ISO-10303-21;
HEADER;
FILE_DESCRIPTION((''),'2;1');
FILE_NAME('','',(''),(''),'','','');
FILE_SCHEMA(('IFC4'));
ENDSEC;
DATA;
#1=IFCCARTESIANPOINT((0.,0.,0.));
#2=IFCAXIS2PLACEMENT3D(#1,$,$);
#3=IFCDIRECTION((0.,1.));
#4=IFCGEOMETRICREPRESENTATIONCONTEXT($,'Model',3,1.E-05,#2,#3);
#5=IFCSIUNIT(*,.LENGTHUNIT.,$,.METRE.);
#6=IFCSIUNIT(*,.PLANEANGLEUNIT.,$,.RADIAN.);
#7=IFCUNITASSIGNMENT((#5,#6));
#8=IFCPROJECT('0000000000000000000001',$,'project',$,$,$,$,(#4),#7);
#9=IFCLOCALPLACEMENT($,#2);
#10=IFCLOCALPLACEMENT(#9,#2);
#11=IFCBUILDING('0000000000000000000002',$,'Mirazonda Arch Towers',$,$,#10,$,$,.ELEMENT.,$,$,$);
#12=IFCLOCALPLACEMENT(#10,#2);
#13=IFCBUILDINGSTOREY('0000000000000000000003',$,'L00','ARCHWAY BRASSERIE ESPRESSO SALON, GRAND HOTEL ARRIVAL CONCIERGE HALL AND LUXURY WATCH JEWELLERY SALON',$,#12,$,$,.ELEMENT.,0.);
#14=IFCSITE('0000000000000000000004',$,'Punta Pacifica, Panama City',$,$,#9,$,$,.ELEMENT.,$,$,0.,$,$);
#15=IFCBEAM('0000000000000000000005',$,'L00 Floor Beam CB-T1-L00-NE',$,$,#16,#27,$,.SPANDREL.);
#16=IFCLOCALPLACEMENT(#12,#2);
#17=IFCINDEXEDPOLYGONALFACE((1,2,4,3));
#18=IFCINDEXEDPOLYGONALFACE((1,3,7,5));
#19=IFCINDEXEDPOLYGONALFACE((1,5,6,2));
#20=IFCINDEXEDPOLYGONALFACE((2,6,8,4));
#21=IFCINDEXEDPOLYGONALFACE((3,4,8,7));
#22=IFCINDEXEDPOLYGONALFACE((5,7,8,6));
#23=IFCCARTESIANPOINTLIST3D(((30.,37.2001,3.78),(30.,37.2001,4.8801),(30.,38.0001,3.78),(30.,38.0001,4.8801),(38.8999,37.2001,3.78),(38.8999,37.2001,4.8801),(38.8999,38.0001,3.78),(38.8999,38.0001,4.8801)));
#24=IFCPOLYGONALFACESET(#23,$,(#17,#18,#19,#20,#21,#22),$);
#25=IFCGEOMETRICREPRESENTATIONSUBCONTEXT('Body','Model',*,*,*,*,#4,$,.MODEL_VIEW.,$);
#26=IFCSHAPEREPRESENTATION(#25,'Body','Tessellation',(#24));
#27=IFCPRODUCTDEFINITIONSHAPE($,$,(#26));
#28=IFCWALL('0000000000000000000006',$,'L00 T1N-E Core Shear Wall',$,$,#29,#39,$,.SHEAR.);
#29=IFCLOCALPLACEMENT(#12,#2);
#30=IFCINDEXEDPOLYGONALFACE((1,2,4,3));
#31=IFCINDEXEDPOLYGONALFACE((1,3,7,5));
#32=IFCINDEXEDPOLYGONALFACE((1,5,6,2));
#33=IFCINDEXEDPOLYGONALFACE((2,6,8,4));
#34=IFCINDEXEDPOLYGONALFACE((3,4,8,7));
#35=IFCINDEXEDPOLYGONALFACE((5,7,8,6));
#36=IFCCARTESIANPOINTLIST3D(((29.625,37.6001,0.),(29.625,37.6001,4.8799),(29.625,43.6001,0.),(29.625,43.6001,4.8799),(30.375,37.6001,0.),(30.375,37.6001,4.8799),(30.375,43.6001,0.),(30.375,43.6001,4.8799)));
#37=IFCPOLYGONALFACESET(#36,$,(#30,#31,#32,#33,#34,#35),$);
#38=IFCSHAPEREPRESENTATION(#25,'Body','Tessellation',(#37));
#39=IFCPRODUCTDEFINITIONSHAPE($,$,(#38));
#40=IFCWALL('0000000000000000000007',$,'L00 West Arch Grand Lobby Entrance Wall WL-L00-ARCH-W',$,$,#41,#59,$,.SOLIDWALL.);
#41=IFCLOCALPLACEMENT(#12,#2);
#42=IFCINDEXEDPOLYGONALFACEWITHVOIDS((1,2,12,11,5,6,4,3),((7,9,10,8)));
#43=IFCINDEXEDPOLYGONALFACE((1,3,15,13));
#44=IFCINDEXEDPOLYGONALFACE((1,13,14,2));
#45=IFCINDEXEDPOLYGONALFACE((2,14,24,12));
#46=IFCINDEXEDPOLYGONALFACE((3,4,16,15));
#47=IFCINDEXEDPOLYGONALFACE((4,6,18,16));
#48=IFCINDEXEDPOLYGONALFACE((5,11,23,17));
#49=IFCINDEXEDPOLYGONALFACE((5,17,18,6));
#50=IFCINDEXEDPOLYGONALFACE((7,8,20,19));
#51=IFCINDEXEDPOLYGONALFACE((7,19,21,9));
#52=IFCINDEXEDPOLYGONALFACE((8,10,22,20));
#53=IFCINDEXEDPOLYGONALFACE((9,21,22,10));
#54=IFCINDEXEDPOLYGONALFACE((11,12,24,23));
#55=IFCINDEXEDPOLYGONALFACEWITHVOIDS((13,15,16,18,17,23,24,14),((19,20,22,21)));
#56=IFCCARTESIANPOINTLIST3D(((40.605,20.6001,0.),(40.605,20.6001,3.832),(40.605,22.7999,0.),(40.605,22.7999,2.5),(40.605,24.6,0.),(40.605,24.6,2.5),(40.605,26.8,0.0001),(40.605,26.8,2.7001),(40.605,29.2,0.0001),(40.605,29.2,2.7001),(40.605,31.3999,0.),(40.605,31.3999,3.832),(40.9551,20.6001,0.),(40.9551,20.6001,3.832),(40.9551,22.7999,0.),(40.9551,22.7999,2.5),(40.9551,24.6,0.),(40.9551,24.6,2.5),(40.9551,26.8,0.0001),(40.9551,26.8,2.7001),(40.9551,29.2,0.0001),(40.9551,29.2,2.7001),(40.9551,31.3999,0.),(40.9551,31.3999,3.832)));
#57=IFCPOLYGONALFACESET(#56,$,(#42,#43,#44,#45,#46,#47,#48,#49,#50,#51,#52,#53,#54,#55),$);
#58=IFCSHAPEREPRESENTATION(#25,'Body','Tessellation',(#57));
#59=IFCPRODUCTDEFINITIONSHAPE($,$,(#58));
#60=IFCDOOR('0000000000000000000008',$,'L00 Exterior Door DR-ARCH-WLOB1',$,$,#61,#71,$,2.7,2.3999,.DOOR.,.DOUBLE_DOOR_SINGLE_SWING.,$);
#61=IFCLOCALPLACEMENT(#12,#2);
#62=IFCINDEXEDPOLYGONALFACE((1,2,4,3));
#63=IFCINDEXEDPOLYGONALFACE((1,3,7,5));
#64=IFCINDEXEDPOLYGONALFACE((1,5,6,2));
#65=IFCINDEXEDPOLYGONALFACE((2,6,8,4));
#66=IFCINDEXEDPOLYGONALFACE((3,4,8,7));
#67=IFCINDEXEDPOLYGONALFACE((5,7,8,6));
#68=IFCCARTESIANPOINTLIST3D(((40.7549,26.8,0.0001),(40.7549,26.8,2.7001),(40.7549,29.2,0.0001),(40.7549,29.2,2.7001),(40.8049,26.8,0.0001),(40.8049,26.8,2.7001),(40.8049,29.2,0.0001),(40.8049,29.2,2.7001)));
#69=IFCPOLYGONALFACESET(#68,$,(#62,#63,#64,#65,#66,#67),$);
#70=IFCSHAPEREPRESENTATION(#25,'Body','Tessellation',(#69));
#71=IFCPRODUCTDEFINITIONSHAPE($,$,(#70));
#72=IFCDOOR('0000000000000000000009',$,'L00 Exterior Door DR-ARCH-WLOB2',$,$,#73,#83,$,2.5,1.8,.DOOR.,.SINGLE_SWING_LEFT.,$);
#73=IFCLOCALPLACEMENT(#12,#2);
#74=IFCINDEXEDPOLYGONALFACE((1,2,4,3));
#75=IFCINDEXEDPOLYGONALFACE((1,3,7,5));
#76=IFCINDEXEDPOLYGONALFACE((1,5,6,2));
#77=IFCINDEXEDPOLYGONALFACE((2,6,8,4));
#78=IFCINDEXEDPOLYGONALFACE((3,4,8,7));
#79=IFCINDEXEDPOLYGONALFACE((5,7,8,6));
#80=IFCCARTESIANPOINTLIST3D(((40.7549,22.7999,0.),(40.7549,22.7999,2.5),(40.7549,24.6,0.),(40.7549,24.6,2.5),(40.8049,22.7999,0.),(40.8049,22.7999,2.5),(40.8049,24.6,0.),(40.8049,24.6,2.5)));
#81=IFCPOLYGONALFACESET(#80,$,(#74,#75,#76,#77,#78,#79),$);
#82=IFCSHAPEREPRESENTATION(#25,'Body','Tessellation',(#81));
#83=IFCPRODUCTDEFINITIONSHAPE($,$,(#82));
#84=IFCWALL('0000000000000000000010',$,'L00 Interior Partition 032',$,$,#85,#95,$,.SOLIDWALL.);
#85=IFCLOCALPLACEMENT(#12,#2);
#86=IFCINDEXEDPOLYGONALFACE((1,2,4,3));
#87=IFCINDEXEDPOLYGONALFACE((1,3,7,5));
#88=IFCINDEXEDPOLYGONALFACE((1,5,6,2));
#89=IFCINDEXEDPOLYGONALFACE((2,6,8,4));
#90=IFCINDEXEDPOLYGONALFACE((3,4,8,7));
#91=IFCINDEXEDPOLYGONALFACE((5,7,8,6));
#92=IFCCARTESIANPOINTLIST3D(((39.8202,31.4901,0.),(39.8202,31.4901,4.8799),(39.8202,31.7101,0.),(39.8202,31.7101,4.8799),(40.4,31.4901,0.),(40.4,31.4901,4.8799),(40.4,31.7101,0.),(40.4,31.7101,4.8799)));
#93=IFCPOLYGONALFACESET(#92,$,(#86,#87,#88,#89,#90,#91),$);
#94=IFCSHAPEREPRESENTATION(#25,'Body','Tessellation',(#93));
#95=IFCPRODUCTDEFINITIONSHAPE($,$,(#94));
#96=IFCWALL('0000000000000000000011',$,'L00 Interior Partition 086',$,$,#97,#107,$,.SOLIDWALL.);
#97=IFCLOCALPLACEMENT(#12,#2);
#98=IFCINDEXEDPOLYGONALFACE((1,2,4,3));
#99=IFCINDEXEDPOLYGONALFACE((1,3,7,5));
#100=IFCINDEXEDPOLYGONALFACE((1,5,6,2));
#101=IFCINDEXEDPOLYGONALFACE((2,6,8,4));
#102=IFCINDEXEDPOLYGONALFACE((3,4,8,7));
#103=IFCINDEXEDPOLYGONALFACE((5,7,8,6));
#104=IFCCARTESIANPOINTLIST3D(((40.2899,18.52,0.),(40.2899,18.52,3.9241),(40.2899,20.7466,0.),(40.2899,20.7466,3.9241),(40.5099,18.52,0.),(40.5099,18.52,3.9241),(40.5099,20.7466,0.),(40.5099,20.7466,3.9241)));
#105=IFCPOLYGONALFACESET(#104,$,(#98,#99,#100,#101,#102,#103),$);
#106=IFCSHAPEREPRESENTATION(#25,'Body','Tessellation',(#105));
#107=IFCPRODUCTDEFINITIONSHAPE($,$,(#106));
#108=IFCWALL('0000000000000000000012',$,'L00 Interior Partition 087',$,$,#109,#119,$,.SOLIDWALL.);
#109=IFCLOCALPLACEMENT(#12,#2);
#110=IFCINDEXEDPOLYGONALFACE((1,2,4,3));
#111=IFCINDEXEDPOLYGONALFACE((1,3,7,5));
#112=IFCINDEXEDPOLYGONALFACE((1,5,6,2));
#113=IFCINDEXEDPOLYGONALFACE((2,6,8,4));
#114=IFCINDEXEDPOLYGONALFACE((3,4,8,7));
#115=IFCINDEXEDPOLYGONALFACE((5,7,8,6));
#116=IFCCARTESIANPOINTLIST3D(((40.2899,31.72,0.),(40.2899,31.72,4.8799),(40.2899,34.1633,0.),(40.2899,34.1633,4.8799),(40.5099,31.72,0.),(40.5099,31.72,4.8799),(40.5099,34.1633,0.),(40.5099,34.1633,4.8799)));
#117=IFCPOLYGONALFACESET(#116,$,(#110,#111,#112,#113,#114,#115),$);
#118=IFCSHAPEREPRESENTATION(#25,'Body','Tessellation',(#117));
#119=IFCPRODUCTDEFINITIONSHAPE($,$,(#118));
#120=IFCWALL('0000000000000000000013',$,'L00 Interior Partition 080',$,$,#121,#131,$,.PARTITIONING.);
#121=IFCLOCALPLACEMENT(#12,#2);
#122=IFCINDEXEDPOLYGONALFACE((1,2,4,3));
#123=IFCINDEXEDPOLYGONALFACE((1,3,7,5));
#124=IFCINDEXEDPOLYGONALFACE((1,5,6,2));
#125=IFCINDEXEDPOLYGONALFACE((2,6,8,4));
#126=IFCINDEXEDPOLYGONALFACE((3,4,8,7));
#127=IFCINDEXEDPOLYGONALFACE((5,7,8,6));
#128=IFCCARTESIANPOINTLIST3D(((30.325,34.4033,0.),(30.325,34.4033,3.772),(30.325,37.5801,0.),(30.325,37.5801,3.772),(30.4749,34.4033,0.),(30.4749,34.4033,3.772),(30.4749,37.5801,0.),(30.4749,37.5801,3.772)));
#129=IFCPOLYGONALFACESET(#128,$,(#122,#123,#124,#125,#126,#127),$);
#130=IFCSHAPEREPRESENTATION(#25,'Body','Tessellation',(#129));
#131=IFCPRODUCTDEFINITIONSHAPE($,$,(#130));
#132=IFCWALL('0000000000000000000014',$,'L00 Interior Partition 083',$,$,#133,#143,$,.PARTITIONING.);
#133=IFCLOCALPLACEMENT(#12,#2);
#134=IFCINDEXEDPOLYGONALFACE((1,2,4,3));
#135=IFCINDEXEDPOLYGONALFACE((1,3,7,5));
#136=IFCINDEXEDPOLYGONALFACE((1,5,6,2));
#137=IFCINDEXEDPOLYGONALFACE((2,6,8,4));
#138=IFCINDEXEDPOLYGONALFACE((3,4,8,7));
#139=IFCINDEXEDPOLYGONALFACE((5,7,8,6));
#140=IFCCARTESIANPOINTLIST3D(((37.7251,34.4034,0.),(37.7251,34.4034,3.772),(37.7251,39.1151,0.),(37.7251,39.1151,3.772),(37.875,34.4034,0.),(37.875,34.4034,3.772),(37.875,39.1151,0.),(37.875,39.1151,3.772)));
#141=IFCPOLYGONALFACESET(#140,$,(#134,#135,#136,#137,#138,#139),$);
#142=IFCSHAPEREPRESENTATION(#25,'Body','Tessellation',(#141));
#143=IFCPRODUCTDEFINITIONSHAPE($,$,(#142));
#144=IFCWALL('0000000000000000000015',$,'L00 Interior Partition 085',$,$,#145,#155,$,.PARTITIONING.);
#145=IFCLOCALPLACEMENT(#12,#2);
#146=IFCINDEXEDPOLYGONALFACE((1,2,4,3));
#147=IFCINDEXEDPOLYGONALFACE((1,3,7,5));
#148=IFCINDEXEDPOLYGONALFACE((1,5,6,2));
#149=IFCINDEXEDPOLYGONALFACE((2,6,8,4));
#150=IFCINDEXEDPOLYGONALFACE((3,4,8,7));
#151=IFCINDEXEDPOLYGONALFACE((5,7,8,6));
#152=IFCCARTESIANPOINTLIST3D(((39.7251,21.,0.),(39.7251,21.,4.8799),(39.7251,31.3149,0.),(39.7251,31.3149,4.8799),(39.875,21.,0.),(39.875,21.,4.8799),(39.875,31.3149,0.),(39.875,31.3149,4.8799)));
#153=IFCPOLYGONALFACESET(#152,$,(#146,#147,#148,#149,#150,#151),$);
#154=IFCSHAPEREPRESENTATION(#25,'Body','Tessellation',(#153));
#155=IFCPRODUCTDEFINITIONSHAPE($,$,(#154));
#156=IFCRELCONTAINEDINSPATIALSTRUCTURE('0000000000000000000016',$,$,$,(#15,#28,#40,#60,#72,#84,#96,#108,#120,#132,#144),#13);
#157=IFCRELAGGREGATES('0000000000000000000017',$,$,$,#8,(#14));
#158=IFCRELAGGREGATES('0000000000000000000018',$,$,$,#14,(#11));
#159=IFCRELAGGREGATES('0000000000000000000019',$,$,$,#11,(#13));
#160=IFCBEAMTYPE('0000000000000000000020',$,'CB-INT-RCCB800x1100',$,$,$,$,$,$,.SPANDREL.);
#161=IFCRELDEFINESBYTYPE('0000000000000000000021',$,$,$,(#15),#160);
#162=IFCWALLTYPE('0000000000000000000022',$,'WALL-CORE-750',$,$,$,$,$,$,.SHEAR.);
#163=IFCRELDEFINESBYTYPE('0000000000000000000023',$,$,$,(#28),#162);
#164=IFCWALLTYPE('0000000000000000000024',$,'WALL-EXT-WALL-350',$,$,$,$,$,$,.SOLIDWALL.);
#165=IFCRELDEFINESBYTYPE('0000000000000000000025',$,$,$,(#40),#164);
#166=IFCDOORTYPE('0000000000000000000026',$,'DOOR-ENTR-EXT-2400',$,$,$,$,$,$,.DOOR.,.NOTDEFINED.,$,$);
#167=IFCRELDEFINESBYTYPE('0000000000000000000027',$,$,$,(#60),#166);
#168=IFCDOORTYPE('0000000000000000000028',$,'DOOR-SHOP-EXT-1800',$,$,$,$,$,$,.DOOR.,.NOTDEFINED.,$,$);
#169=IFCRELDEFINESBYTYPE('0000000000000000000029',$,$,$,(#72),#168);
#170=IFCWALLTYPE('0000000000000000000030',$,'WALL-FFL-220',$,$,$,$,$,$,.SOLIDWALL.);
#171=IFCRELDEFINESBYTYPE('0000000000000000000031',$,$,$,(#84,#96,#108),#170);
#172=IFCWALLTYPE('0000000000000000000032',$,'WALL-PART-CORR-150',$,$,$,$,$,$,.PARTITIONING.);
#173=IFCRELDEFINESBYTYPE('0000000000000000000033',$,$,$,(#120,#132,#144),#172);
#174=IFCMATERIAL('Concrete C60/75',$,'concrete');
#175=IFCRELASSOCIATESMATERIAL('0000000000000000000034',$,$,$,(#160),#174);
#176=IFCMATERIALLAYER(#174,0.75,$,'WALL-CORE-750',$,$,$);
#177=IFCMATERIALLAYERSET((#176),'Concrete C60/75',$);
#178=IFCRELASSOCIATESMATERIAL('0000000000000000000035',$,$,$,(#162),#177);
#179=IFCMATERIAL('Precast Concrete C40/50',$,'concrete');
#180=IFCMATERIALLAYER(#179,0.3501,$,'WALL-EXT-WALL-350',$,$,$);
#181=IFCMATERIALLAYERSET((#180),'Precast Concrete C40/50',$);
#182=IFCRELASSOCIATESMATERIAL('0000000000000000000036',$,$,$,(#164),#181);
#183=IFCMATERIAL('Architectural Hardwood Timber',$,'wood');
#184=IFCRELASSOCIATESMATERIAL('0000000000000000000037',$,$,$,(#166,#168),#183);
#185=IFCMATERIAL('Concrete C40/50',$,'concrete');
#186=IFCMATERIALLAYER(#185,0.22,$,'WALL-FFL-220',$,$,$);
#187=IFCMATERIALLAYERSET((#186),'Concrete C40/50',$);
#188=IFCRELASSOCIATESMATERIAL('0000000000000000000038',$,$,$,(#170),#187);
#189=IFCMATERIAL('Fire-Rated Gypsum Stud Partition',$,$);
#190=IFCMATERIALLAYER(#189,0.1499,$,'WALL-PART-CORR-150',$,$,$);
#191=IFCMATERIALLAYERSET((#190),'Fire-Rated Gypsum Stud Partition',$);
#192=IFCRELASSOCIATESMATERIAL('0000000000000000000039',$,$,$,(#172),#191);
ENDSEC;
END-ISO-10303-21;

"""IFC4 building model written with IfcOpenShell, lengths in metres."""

from ifc_helpers import new_model, si_unit, direction, frame, frame_2d, origin, origin_2d, place, context, subcontext, project, spatial, rectangle, extrude, material, layer, layer_set, material_profile, profile_set, type_object, element, fill, save


model = new_model("IFC4")

# Units and contexts
model_context = context("Model", 3, precision=1e-05, world=origin(), true_north=direction((0.0, 1.0)))
body_context = subcontext(model_context, "Body", "Model", "MODEL_VIEW")
ifc_project = project(units=[si_unit("LENGTHUNIT", "METRE"), si_unit("PLANEANGLEUNIT", "RADIAN")], contexts=[model_context])

# Site, building, storey
site_placement = place(None, origin())
site = spatial("IfcSite", under=ifc_project, at=site_placement, Name="Punta Pacifica, Panama City", CompositionType="ELEMENT", RefElevation=0.0)
building_placement = place(site_placement, origin())
building = spatial("IfcBuilding", under=site, at=building_placement, Name="Mirazonda Arch Towers", CompositionType="ELEMENT")
storey_placement = place(building_placement, origin())
storey = spatial("IfcBuildingStorey", under=building, at=storey_placement, Name="L00", Description="ARCHWAY BRASSERIE ESPRESSO SALON, GRAND HOTEL ARRIVAL CONCIERGE HALL AND LUXURY WATCH JEWELLERY SALON", CompositionType="ELEMENT", Elevation=0.0)

# Beam
ifc_material_1 = material(Name="Concrete C60/75", Category="concrete")
ifc_material_profile_1 = material_profile(ifc_material_1, rectangle(XDim=0.8, YDim=1.1001, at=origin_2d()), Name="RCCB800x1100")
ifc_profile_set_1 = profile_set([ifc_material_profile_1], Name="Concrete C60/75")
beam_type_1 = type_object("IfcBeamType", Name="CB-INT-RCCB800x1100", PredefinedType="SPANDREL", material=ifc_profile_set_1)
beam_1_placement = place(storey_placement, frame((30.0, 37.6001, 4.3301), z_axis=(1.0, 0.0, 0.0), x_axis=(0.0, 1.0, 0.0)))
element("IfcBeam", 1, at=beam_1_placement, inside=storey, type_object=beam_type_1, Name="L00 Floor Beam CB-T1-L00-NE", PredefinedType="SPANDREL", context=body_context, shape_type="SweptSolid", body=[
    extrude(rectangle(XDim=0.8, YDim=1.1001, at=origin_2d()), origin(), (0.0, 0.0, 1.0), 8.8999),
])

# Wall
ifc_layer_1 = layer(ifc_material_1, 0.75, Name="WALL-CORE-750")
ifc_layer_set_1 = layer_set([ifc_layer_1], Name="Concrete C60/75")
wall_type_1 = type_object("IfcWallType", Name="WALL-CORE-750", PredefinedType="SHEAR", material=ifc_layer_set_1)
wall_1_placement = place(storey_placement, frame((30.0, 37.6001, 0.0), z_axis=(0.0, 0.0, 1.0), x_axis=(0.0, 1.0, 0.0)))
element("IfcWall", 2, at=wall_1_placement, inside=storey, type_object=wall_type_1, Name="L00 T1N-E Core Shear Wall", PredefinedType="SHEAR", context=body_context, shape_type="SweptSolid", body=[
    extrude(rectangle(XDim=6.0, YDim=0.75, at=frame_2d((3.0, 0.0))), origin(), (0.0, 0.0, 1.0), 4.8799),
])

# Wall, openings, doors
ifc_material_2 = material(Name="Precast Concrete C40/50", Category="concrete")
ifc_layer_2 = layer(ifc_material_2, 0.3501, Name="WALL-EXT-WALL-350")
ifc_layer_set_2 = layer_set([ifc_layer_2], Name="Precast Concrete C40/50")
wall_type_2 = type_object("IfcWallType", Name="WALL-EXT-WALL-350", PredefinedType="SOLIDWALL", material=ifc_layer_set_2)
wall_2_placement = place(storey_placement, frame((40.78, 31.3999, 0.0), z_axis=(0.0, 0.0, 1.0), x_axis=(0.0, -1.0, 0.0)))
wall_2 = element("IfcWall", 3, at=wall_2_placement, inside=storey, type_object=wall_type_2, Name="L00 West Arch Grand Lobby Entrance Wall WL-L00-ARCH-W", PredefinedType="SOLIDWALL", context=body_context, shape_type="SweptSolid", body=[
    extrude(rectangle(XDim=10.7998, YDim=0.3501, at=frame_2d((5.3999, 0.0))), origin(), (0.0, 0.0, 1.0), 3.832),
])
opening_1_placement = place(wall_2_placement, frame((2.2, 0.0, 0.0)))
opening_1 = element("IfcOpeningElement", 4, at=opening_1_placement, cuts=wall_2, PredefinedType="OPENING", context=body_context, shape_type="SweptSolid", body=[
    extrude(rectangle(XDim=2.3999, YDim=2.7, at=frame_2d((1.2, 1.3501))), frame((0.0, 0.1851, 0.0), z_axis=(0.0, -1.0, 0.0), x_axis=(1.0, 0.0, 0.0)), (0.0, 0.0, 1.0), 0.3701),
])
opening_2_placement = place(wall_2_placement, frame((6.8, 0.0, 0.0)))
opening_2 = element("IfcOpeningElement", 5, at=opening_2_placement, cuts=wall_2, PredefinedType="OPENING", context=body_context, shape_type="SweptSolid", body=[
    extrude(rectangle(XDim=1.8, YDim=2.5, at=frame_2d((0.8999, 1.25))), frame((0.0, 0.1851, 0.0), z_axis=(0.0, -1.0, 0.0), x_axis=(1.0, 0.0, 0.0)), (0.0, 0.0, 1.0), 0.3701),
])
ifc_material_3 = material(Name="Architectural Hardwood Timber", Category="wood")
door_type_1 = type_object("IfcDoorType", Name="DOOR-ENTR-EXT-2400", OperationType="NOTDEFINED", PredefinedType="DOOR", material=ifc_material_3)
door_1_placement = place(opening_1_placement, origin())
door_1 = element("IfcDoor", 6, at=door_1_placement, inside=storey, type_object=door_type_1, Name="L00 Exterior Door DR-ARCH-WLOB1", OperationType="DOUBLE_DOOR_SINGLE_SWING", OverallHeight=2.7, OverallWidth=2.3999, PredefinedType="DOOR", context=body_context, shape_type="SweptSolid", body=[
    extrude(rectangle(XDim=2.3999, YDim=2.7, at=frame_2d((1.2, 1.3501))), frame((0.0, 0.0249, 0.0), z_axis=(0.0, -1.0, 0.0), x_axis=(1.0, 0.0, 0.0)), (0.0, 0.0, 1.0), 0.05),
])
fill(opening_1, door_1)
door_type_2 = type_object("IfcDoorType", Name="DOOR-SHOP-EXT-1800", OperationType="NOTDEFINED", PredefinedType="DOOR", material=ifc_material_3)
door_2_placement = place(opening_2_placement, origin())
door_2 = element("IfcDoor", 7, at=door_2_placement, inside=storey, type_object=door_type_2, Name="L00 Exterior Door DR-ARCH-WLOB2", OperationType="SINGLE_SWING_LEFT", OverallHeight=2.5, OverallWidth=1.8, PredefinedType="DOOR", context=body_context, shape_type="SweptSolid", body=[
    extrude(rectangle(XDim=1.8, YDim=2.5, at=frame_2d((0.8999, 1.25))), frame((0.0, 0.0249, 0.0), z_axis=(0.0, -1.0, 0.0), x_axis=(1.0, 0.0, 0.0)), (0.0, 0.0, 1.0), 0.05),
])
fill(opening_2, door_2)

# Walls
ifc_material_4 = material(Name="Concrete C40/50", Category="concrete")
ifc_layer_3 = layer(ifc_material_4, 0.22, Name="WALL-FFL-220")
ifc_layer_set_3 = layer_set([ifc_layer_3], Name="Concrete C40/50")
wall_type_3 = type_object("IfcWallType", Name="WALL-FFL-220", PredefinedType="SOLIDWALL", material=ifc_layer_set_3)
wall_3_placement = place(storey_placement, frame((39.8201, 31.6001, 0.0), z_axis=(0.0, 0.0, 1.0), x_axis=(1.0, 0.0, 0.0)))
element("IfcWall", 8, at=wall_3_placement, inside=storey, type_object=wall_type_3, Name="L00 Interior Partition 032", PredefinedType="SOLIDWALL", context=body_context, shape_type="SweptSolid", body=[
    extrude(rectangle(XDim=0.5798, YDim=0.22, at=frame_2d((0.29, 0.0))), origin(), (0.0, 0.0, 1.0), 4.8799),
])
wall_4_placement = place(storey_placement, frame((40.3999, 18.52, 0.0), z_axis=(0.0, 0.0, 1.0), x_axis=(0.0, 1.0, 0.0)))
element("IfcWall", 9, at=wall_4_placement, inside=storey, type_object=wall_type_3, Name="L00 Interior Partition 086", PredefinedType="SOLIDWALL", context=body_context, shape_type="SweptSolid", body=[
    extrude(rectangle(XDim=2.2266, YDim=0.22, at=frame_2d((1.1133, 0.0))), origin(), (0.0, 0.0, 1.0), 3.9241),
])
wall_5_placement = place(storey_placement, frame((40.3999, 31.72, 0.0), z_axis=(0.0, 0.0, 1.0), x_axis=(0.0, 1.0, 0.0)))
element("IfcWall", 10, at=wall_5_placement, inside=storey, type_object=wall_type_3, Name="L00 Interior Partition 087", PredefinedType="SOLIDWALL", context=body_context, shape_type="SweptSolid", body=[
    extrude(rectangle(XDim=2.4434, YDim=0.22, at=frame_2d((1.2217, 0.0))), origin(), (0.0, 0.0, 1.0), 4.8799),
])
ifc_material_5 = material(Name="Fire-Rated Gypsum Stud Partition")
ifc_layer_4 = layer(ifc_material_5, 0.1499, Name="WALL-PART-CORR-150")
ifc_layer_set_4 = layer_set([ifc_layer_4], Name="Fire-Rated Gypsum Stud Partition")
wall_type_4 = type_object("IfcWallType", Name="WALL-PART-CORR-150", PredefinedType="PARTITIONING", material=ifc_layer_set_4)
wall_6_placement = place(storey_placement, frame((30.3999, 34.4033, 0.0), z_axis=(0.0, 0.0, 1.0), x_axis=(0.0, 1.0, 0.0)))
element("IfcWall", 11, at=wall_6_placement, inside=storey, type_object=wall_type_4, Name="L00 Interior Partition 080", PredefinedType="PARTITIONING", context=body_context, shape_type="SweptSolid", body=[
    extrude(rectangle(XDim=3.1768, YDim=0.1499, at=frame_2d((1.5884, 0.0))), origin(), (0.0, 0.0, 1.0), 3.772),
])
wall_7_placement = place(storey_placement, frame((37.8, 34.4033, 0.0), z_axis=(0.0, 0.0, 1.0), x_axis=(0.0, 1.0, 0.0)))
element("IfcWall", 12, at=wall_7_placement, inside=storey, type_object=wall_type_4, Name="L00 Interior Partition 083", PredefinedType="PARTITIONING", context=body_context, shape_type="SweptSolid", body=[
    extrude(rectangle(XDim=4.7117, YDim=0.1499, at=frame_2d((2.356, 0.0))), origin(), (0.0, 0.0, 1.0), 3.772),
])
wall_8_placement = place(storey_placement, frame((39.8, 21.0, 0.0), z_axis=(0.0, 0.0, 1.0), x_axis=(0.0, 1.0, 0.0)))
element("IfcWall", 13, at=wall_8_placement, inside=storey, type_object=wall_type_4, Name="L00 Interior Partition 085", PredefinedType="PARTITIONING", context=body_context, shape_type="SweptSolid", body=[
    extrude(rectangle(XDim=10.3149, YDim=0.1499, at=frame_2d((5.1575, 0.0))), origin(), (0.0, 0.0, 1.0), 4.8799),
])

save(model, "model.ifc")
